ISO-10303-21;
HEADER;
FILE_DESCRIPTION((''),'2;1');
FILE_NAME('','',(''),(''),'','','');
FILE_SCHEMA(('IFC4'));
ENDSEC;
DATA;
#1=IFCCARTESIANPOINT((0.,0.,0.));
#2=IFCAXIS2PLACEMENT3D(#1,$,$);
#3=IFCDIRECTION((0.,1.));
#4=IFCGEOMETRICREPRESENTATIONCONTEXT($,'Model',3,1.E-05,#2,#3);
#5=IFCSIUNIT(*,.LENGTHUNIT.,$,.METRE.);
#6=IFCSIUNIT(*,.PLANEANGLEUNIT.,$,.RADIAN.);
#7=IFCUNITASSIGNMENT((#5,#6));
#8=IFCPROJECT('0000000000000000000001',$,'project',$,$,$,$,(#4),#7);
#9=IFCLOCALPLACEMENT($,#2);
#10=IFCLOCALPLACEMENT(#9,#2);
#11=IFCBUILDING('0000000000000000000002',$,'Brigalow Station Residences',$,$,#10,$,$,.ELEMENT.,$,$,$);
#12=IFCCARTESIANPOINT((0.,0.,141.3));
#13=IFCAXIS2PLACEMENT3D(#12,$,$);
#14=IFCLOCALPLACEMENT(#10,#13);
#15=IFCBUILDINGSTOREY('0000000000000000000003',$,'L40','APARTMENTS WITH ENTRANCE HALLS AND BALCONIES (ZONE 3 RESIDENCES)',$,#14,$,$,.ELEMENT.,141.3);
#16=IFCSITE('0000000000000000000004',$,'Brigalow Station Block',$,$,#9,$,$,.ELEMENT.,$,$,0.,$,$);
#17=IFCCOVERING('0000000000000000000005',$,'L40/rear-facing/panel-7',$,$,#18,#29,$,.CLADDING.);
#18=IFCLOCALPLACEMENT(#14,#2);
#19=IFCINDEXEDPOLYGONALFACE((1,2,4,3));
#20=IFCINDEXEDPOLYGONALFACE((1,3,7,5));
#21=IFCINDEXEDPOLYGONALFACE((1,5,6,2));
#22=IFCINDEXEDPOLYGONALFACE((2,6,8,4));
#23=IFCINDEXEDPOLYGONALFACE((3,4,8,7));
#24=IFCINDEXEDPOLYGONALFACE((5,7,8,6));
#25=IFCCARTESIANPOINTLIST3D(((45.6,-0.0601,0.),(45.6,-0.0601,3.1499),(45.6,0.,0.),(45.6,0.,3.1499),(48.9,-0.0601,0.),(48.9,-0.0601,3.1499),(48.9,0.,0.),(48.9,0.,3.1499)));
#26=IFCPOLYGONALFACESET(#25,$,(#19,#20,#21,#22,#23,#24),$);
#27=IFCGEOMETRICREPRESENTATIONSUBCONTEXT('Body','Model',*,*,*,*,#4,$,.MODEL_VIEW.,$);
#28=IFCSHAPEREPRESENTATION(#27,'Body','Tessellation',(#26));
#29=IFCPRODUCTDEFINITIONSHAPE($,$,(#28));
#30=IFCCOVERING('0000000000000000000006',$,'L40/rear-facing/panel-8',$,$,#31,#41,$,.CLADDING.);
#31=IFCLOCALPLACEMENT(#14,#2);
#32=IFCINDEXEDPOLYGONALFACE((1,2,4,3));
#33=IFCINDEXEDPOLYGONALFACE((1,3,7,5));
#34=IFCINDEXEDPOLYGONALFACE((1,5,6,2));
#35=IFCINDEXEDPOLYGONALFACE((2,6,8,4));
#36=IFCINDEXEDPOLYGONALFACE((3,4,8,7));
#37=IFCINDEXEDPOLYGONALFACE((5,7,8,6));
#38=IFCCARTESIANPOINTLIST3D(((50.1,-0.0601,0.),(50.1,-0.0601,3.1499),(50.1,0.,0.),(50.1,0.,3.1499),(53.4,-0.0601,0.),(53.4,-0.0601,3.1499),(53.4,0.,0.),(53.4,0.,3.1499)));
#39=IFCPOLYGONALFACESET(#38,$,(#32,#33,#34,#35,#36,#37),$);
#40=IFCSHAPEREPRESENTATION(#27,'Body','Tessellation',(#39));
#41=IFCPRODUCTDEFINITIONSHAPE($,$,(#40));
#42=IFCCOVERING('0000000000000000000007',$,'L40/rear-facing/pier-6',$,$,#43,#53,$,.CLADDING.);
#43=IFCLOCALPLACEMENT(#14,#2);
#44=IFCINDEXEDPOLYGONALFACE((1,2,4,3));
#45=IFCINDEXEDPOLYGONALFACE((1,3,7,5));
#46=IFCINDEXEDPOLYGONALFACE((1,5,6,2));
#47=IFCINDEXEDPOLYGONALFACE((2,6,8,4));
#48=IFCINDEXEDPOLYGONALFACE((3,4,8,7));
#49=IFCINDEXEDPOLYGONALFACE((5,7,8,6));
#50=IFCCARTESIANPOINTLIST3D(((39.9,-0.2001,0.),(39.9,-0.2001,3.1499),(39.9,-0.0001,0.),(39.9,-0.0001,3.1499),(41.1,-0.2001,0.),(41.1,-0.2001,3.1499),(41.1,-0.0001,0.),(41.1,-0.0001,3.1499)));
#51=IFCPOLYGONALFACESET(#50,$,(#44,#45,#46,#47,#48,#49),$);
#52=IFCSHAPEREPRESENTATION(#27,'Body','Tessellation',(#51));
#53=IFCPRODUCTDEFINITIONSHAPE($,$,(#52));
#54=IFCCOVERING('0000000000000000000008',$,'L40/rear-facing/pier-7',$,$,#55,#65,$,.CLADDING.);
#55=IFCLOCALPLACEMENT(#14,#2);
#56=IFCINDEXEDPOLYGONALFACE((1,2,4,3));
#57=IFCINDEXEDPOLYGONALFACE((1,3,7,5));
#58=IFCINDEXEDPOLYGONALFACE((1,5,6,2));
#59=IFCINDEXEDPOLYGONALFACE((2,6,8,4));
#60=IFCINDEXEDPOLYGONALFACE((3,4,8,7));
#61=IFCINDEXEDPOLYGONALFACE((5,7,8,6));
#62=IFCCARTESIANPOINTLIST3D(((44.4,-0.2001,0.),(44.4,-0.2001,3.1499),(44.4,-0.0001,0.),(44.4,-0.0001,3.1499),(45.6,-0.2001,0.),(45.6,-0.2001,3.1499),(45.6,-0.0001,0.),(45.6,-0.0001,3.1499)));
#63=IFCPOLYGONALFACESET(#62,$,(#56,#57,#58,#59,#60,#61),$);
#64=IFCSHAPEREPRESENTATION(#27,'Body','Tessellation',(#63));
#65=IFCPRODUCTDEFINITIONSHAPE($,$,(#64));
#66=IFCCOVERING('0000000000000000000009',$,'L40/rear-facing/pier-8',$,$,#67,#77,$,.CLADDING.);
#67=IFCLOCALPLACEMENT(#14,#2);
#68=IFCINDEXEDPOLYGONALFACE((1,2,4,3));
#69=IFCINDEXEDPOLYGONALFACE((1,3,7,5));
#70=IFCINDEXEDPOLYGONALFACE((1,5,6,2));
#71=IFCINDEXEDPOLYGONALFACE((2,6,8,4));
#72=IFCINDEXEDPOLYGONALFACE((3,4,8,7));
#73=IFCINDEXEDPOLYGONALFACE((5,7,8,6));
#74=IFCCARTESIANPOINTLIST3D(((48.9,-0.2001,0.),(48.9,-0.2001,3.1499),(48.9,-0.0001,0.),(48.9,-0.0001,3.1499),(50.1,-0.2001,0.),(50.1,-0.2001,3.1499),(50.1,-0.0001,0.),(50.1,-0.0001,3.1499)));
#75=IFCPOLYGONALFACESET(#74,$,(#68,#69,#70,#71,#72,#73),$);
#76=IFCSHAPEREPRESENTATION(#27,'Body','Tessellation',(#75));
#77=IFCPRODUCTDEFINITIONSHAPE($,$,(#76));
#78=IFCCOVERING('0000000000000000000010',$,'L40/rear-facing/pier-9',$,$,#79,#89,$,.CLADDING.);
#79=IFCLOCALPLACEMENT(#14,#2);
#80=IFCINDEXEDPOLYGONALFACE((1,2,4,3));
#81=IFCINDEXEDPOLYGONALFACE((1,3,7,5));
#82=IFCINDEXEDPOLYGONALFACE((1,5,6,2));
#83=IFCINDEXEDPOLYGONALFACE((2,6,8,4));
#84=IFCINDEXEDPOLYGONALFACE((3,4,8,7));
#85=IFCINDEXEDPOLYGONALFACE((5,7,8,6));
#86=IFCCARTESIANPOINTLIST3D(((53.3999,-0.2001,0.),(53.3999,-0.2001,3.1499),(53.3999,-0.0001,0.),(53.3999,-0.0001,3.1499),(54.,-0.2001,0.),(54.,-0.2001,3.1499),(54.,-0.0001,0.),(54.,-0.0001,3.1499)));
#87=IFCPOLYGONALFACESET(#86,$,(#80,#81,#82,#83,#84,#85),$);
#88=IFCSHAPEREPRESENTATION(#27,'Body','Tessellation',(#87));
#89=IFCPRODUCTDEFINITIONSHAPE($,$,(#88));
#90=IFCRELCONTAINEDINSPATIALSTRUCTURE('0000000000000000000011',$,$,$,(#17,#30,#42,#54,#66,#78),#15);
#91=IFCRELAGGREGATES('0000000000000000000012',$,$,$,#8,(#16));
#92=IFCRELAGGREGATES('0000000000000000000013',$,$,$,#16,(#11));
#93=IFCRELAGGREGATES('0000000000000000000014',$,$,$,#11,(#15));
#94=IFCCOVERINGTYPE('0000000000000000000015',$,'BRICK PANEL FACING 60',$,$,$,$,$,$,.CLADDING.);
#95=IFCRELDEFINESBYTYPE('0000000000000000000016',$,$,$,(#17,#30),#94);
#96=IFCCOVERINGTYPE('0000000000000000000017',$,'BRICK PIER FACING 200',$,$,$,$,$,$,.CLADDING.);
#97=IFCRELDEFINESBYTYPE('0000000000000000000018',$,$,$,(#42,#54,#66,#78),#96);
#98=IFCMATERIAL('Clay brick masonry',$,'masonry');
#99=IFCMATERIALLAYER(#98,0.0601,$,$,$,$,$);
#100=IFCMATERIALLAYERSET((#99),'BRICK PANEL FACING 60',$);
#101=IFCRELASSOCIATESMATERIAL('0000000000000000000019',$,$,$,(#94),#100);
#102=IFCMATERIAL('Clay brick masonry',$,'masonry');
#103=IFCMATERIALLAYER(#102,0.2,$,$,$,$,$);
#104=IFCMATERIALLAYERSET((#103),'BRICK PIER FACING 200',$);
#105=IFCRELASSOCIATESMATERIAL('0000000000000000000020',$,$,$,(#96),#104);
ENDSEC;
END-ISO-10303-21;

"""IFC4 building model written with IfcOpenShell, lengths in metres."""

from ifc_helpers import new_model, si_unit, direction, frame, origin, origin_2d, place, context, subcontext, project, spatial, rectangle, extrude, material, layer, layer_set, type_object, element, save


model = new_model("IFC4")

# Units and contexts
model_context = context("Model", 3, precision=1e-05, world=origin(), true_north=direction((0.0, 1.0)))
body_context = subcontext(model_context, "Body", "Model", "MODEL_VIEW")
ifc_project = project(units=[si_unit("LENGTHUNIT", "METRE"), si_unit("PLANEANGLEUNIT", "RADIAN")], contexts=[model_context])

# Site, building, storey
site_placement = place(None, origin())
site = spatial("IfcSite", under=ifc_project, at=site_placement, Name="Brigalow Station Block", CompositionType="ELEMENT", RefElevation=0.0)
building_placement = place(site_placement, origin())
building = spatial("IfcBuilding", under=site, at=building_placement, Name="Brigalow Station Residences", CompositionType="ELEMENT")
storey_placement = place(building_placement, frame((0.0, 0.0, 141.3)))
storey = spatial("IfcBuildingStorey", under=building, at=storey_placement, Name="L40", Description="APARTMENTS WITH ENTRANCE HALLS AND BALCONIES (ZONE 3 RESIDENCES)", CompositionType="ELEMENT", Elevation=141.3)

# Coverings
ifc_material_1 = material(Name="Clay brick masonry", Category="masonry")
ifc_layer_1 = layer(ifc_material_1, 0.0601)
ifc_layer_set_1 = layer_set([ifc_layer_1], Name="BRICK PANEL FACING 60")
covering_type_1 = type_object("IfcCoveringType", Name="BRICK PANEL FACING 60", PredefinedType="CLADDING", material=ifc_layer_set_1)
for number, where, z_axis, x_axis, name in (
    (1, (47.25, -0.03, 0.0), (0.0, 0.0, 1.0), (1.0, 0.0, 0.0), "L40/rear-facing/panel-7"),
    (2, (51.75, -0.03, 0.0), (0.0, 0.0, 1.0), (1.0, 0.0, 0.0), "L40/rear-facing/panel-8"),
):
    element("IfcCovering", number, at=place(storey_placement, frame(where, z_axis=z_axis, x_axis=x_axis)), inside=storey, type_object=covering_type_1, Name=name, PredefinedType="CLADDING", context=body_context, shape_type="SweptSolid", body=[
        extrude(rectangle(XDim=3.3, YDim=0.0601, at=origin_2d()), origin(), (0.0, 0.0, 1.0), 3.1499),
    ])
ifc_material_2 = material(Name="Clay brick masonry", Category="masonry")
ifc_layer_2 = layer(ifc_material_2, 0.2)
ifc_layer_set_2 = layer_set([ifc_layer_2], Name="BRICK PIER FACING 200")
covering_type_2 = type_object("IfcCoveringType", Name="BRICK PIER FACING 200", PredefinedType="CLADDING", material=ifc_layer_set_2)
for number, where, z_axis, x_axis, name in (
    (3, (40.5, -0.1001, 0.0), (0.0, 0.0, 1.0), (1.0, 0.0, 0.0), "L40/rear-facing/pier-6"),
    (4, (45.0, -0.1001, 0.0), (0.0, 0.0, 1.0), (1.0, 0.0, 0.0), "L40/rear-facing/pier-7"),
    (5, (49.5, -0.1001, 0.0), (0.0, 0.0, 1.0), (1.0, 0.0, 0.0), "L40/rear-facing/pier-8"),
):
    element("IfcCovering", number, at=place(storey_placement, frame(where, z_axis=z_axis, x_axis=x_axis)), inside=storey, type_object=covering_type_2, Name=name, PredefinedType="CLADDING", context=body_context, shape_type="SweptSolid", body=[
        extrude(rectangle(XDim=1.2, YDim=0.2, at=origin_2d()), origin(), (0.0, 0.0, 1.0), 3.1499),
    ])
covering_placement = place(storey_placement, frame((53.7, -0.1001, 0.0), z_axis=(0.0, 0.0, 1.0), x_axis=(1.0, 0.0, 0.0)))
element("IfcCovering", 6, at=covering_placement, inside=storey, type_object=covering_type_2, Name="L40/rear-facing/pier-9", PredefinedType="CLADDING", context=body_context, shape_type="SweptSolid", body=[
    extrude(rectangle(XDim=0.6001, YDim=0.2, at=origin_2d()), origin(), (0.0, 0.0, 1.0), 3.1499),
])

save(model, "model.ifc")
